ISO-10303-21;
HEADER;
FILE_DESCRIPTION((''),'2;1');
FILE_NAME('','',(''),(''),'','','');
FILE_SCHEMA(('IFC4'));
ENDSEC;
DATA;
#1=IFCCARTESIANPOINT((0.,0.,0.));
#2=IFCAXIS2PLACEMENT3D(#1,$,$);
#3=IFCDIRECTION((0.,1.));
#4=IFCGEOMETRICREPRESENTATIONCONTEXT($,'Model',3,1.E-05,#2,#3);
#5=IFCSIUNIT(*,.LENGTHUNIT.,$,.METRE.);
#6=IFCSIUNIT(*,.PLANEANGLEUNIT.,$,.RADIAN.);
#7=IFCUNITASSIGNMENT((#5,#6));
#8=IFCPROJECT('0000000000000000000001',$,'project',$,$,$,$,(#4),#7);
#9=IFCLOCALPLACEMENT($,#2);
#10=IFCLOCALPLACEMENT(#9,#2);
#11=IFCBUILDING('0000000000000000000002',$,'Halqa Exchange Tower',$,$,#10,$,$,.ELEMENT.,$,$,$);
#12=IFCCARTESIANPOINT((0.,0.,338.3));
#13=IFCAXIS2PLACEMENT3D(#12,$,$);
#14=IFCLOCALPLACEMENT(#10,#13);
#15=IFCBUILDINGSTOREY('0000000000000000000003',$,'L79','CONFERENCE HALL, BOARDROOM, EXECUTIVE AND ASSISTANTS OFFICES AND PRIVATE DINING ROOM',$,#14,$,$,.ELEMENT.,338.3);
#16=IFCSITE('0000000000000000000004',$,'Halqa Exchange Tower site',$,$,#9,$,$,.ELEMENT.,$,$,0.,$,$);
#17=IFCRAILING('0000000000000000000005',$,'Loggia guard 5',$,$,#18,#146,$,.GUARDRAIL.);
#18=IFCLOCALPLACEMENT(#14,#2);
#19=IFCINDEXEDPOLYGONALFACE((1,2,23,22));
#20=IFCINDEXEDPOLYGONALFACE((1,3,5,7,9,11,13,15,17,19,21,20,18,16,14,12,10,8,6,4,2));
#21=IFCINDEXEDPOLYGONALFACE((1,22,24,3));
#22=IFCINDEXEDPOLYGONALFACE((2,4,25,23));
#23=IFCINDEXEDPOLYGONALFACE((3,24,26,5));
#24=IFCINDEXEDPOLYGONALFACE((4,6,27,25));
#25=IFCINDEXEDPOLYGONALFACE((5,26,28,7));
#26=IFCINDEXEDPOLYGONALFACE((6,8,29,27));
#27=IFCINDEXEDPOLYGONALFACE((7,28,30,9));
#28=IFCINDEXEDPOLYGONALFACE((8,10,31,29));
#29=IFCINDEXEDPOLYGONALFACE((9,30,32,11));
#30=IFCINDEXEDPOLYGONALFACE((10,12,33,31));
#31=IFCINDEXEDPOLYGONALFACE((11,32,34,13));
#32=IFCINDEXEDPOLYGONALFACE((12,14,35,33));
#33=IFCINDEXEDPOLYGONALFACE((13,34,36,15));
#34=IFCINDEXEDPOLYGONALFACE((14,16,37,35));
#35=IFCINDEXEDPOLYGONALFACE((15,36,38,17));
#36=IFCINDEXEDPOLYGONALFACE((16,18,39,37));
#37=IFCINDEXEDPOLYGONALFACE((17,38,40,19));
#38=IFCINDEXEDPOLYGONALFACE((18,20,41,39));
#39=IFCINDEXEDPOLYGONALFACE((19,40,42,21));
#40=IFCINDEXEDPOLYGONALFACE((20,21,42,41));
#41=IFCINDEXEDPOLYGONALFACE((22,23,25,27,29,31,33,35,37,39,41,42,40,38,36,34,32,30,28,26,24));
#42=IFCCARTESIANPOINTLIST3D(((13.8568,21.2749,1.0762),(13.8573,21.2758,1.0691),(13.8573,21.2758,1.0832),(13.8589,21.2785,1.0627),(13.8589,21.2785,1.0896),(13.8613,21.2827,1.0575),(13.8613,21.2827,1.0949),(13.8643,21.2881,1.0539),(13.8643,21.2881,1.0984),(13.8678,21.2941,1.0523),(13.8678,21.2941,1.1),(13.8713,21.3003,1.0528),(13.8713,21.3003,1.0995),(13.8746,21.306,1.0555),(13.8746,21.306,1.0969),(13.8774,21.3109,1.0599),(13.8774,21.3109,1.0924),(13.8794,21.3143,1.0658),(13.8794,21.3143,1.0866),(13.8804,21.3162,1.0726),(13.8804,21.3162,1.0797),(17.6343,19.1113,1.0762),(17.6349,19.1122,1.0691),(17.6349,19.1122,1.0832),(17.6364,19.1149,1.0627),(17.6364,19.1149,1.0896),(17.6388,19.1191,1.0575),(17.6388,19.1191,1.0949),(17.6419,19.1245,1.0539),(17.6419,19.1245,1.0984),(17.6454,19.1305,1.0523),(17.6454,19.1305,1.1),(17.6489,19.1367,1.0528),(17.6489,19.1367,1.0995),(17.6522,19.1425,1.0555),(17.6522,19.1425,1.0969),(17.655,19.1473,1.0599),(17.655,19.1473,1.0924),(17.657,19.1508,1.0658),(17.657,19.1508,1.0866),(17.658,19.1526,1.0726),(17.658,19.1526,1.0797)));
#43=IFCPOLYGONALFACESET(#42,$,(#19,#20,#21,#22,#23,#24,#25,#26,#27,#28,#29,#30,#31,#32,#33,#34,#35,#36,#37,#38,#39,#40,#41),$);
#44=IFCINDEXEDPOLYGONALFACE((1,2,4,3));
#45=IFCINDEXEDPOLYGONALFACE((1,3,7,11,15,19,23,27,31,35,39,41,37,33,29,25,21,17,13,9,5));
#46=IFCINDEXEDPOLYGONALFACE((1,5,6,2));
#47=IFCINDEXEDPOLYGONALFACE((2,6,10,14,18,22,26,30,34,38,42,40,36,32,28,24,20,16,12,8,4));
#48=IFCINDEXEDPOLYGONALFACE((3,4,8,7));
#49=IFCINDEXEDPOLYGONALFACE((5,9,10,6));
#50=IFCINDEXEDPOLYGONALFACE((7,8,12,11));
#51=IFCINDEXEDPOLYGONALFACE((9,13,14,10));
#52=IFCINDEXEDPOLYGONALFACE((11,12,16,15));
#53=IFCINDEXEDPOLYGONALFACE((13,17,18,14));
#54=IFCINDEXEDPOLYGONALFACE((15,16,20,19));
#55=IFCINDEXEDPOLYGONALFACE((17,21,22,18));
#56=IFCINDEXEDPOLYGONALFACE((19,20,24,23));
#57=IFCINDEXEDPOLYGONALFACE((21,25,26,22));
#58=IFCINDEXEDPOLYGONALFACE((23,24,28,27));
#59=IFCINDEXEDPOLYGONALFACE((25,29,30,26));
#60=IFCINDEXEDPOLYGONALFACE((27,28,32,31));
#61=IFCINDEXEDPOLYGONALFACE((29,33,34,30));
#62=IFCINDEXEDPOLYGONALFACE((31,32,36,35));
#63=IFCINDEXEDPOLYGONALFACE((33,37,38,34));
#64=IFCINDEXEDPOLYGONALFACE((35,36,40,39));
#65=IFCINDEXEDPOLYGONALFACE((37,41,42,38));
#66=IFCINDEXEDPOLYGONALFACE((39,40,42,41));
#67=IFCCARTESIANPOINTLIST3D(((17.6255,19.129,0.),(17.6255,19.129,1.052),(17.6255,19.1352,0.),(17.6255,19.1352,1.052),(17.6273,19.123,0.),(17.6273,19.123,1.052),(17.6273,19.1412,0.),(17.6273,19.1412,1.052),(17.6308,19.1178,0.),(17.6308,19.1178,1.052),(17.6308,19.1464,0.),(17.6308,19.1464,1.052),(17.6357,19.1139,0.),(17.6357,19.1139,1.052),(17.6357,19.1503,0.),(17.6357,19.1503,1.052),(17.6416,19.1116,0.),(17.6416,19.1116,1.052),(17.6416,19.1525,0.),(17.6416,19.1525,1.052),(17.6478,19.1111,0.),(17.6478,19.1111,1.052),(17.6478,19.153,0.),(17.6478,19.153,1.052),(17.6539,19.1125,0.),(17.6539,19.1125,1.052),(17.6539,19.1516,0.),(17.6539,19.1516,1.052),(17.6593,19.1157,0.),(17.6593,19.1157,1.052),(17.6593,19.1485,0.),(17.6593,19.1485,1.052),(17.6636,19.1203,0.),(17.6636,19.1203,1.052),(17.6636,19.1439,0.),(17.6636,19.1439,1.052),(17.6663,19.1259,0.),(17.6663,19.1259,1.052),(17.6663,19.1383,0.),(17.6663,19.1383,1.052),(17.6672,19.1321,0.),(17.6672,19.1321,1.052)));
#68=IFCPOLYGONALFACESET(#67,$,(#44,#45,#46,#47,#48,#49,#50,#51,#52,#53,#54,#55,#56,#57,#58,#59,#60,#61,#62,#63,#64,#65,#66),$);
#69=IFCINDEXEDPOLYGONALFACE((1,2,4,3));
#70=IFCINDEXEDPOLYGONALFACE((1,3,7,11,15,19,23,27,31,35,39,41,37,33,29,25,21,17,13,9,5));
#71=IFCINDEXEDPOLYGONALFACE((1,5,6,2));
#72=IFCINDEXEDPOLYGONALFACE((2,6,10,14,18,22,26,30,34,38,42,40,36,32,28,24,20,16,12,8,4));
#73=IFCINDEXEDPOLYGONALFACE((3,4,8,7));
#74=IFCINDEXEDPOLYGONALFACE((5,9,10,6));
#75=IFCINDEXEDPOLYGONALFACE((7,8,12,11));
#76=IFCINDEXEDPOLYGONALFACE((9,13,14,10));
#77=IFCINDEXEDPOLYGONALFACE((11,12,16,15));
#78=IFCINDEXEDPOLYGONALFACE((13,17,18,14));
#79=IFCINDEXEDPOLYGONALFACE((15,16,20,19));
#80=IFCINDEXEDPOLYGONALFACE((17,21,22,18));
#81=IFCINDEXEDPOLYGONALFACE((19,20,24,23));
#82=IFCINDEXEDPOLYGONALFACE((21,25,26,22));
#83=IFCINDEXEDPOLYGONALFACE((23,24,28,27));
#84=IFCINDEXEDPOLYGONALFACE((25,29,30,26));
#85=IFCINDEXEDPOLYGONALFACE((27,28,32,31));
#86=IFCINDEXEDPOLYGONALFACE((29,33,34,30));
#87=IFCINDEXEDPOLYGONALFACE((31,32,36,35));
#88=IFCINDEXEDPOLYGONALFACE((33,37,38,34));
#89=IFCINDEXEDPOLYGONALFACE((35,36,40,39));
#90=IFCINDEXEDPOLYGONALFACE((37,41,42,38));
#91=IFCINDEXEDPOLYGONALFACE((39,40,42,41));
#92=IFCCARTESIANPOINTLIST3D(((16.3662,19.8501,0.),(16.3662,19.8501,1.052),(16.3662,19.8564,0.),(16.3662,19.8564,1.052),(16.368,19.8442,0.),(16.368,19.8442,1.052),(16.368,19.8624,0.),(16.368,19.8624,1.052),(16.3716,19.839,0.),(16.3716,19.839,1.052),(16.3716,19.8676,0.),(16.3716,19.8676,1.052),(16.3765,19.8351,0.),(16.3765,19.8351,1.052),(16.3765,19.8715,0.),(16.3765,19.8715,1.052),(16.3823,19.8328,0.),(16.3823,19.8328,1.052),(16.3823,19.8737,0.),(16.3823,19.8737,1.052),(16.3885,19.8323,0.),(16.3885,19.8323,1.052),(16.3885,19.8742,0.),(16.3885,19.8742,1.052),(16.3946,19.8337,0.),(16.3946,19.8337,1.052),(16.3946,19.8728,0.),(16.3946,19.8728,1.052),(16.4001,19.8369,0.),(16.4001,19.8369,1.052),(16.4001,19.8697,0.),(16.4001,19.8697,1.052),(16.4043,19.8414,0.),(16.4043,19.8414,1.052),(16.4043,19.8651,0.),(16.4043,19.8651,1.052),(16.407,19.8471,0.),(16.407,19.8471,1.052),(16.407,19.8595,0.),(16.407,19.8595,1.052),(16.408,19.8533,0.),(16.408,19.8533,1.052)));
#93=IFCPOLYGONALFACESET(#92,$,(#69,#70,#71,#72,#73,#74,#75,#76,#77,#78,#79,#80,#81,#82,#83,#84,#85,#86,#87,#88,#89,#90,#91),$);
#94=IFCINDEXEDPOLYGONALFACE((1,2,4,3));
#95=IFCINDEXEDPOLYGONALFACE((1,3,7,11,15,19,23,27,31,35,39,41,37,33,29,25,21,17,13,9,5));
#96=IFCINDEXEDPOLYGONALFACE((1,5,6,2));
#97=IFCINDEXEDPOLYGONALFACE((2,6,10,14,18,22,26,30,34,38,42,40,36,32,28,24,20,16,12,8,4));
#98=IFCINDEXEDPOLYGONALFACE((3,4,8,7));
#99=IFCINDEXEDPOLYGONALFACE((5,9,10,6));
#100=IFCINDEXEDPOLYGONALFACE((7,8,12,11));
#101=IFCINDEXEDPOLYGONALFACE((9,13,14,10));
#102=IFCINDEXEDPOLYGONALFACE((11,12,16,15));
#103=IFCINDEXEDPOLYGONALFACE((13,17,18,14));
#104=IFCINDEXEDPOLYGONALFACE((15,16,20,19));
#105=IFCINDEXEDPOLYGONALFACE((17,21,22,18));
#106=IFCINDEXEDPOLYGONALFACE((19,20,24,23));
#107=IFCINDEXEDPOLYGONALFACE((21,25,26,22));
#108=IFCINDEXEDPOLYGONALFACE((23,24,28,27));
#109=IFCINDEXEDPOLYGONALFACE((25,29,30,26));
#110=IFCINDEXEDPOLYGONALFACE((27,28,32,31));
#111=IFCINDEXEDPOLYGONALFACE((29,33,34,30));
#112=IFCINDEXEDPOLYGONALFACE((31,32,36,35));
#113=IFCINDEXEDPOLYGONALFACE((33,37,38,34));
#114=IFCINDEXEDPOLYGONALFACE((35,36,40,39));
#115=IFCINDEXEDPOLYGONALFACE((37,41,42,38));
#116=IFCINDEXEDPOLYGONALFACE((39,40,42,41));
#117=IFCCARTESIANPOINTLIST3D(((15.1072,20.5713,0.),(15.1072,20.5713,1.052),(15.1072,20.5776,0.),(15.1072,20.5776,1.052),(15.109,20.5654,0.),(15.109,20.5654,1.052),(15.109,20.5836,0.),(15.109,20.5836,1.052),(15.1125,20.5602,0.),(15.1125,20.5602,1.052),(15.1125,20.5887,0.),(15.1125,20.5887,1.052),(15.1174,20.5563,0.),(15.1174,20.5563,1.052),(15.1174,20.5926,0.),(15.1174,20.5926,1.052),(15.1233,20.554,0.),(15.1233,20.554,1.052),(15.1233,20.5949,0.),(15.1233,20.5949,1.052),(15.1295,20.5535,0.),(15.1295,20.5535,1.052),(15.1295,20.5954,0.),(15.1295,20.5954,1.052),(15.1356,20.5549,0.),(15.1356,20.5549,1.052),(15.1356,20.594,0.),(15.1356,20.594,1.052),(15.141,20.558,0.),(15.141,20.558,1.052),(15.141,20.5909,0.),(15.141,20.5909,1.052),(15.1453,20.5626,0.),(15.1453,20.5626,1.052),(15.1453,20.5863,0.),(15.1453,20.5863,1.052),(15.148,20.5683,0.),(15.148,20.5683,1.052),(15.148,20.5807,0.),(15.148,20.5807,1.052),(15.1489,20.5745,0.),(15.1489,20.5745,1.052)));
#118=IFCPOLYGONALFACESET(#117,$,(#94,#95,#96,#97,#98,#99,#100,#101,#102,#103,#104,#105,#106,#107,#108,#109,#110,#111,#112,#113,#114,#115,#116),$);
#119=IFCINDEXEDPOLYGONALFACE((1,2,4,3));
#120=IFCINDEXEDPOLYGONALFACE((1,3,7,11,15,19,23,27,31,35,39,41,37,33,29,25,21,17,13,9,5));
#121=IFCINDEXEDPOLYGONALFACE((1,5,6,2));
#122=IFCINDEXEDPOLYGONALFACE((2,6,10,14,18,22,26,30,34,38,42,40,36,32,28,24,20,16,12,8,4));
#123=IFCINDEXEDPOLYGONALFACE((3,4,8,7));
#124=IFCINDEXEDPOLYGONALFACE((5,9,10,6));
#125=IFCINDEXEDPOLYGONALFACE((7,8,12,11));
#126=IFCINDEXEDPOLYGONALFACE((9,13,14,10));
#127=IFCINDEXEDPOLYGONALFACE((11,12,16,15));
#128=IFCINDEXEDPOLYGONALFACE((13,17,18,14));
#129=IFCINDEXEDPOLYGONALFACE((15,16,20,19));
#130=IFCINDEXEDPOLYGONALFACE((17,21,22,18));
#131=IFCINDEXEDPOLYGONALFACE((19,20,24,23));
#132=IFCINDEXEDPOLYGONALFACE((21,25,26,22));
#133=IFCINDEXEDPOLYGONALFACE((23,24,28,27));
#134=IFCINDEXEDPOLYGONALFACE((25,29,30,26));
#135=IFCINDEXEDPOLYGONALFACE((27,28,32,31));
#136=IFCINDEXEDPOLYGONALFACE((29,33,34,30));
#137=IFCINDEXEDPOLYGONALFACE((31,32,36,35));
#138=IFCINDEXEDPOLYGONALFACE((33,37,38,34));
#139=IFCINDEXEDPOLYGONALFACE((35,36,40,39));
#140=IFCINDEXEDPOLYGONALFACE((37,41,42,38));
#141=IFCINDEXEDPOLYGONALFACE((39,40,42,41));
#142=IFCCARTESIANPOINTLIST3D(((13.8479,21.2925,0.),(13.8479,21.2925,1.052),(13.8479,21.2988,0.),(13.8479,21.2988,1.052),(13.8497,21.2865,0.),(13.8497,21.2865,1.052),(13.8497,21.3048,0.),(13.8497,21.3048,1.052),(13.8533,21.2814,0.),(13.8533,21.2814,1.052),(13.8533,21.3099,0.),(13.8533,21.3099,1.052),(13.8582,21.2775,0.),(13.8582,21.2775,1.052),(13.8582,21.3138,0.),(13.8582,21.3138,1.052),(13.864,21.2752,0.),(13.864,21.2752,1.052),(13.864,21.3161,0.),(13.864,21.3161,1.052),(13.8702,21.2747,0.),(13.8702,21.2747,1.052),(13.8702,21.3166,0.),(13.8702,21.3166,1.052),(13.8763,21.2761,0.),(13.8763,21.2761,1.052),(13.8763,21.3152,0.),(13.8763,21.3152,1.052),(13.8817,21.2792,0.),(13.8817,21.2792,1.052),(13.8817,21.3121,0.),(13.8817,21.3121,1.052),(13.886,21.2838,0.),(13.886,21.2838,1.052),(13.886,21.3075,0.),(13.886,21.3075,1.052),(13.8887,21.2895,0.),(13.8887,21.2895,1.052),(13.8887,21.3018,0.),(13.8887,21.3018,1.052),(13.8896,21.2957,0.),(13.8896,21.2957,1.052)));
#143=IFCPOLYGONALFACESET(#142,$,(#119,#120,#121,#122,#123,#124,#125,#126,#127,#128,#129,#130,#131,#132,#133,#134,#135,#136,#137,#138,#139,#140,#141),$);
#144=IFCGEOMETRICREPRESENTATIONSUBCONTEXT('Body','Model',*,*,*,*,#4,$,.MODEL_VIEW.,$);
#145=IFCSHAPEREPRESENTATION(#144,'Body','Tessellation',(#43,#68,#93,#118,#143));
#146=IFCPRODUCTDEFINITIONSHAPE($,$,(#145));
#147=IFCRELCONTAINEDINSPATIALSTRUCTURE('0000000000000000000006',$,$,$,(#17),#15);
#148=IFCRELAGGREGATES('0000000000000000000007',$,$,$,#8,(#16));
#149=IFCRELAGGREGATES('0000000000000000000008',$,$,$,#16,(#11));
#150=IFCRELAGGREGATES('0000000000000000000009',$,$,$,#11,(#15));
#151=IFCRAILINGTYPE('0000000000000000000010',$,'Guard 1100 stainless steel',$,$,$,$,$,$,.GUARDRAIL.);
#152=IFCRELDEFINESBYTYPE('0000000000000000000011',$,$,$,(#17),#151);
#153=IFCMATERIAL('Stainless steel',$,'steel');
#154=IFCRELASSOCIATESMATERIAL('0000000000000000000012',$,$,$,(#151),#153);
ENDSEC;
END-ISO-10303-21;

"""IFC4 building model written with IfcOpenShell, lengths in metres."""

from ifc_helpers import new_model, si_unit, direction, frame, origin, origin_2d, place, context, subcontext, project, spatial, circle, extrude, material, type_object, element, save


model = new_model("IFC4")

# Units and contexts
model_context = context("Model", 3, precision=1e-05, world=origin(), true_north=direction((0.0, 1.0)))
body_context = subcontext(model_context, "Body", "Model", "MODEL_VIEW")
ifc_project = project(units=[si_unit("LENGTHUNIT", "METRE"), si_unit("PLANEANGLEUNIT", "RADIAN")], contexts=[model_context])

# Site, building, storey
site_placement = place(None, origin())
site = spatial("IfcSite", under=ifc_project, at=site_placement, Name="Halqa Exchange Tower site", CompositionType="ELEMENT", RefElevation=0.0)
building_placement = place(site_placement, origin())
building = spatial("IfcBuilding", under=site, at=building_placement, Name="Halqa Exchange Tower", CompositionType="ELEMENT")
storey_placement = place(building_placement, frame((0.0, 0.0, 338.3)))
storey = spatial("IfcBuildingStorey", under=building, at=storey_placement, Name="L79", Description="CONFERENCE HALL, BOARDROOM, EXECUTIVE AND ASSISTANTS OFFICES AND PRIVATE DINING ROOM", CompositionType="ELEMENT", Elevation=338.3)

# Railing
ifc_material_1 = material(Name="Stainless steel", Category="steel")
railing_type = type_object("IfcRailingType", Name="Guard 1100 stainless steel", PredefinedType="GUARDRAIL", material=ifc_material_1)
railing_1_placement = place(storey_placement, frame((17.6462, 19.1321, 0.0)))
element("IfcRailing", 1, at=railing_1_placement, inside=storey, type_object=railing_type, Name="Loggia guard 5", PredefinedType="GUARDRAIL", context=body_context, shape_type="SweptSolid", body=[
    extrude(circle(Radius=0.0239, at=origin_2d()), frame((0.0, 0.0, 1.0762), z_axis=(-0.867753, 0.496996, 0.0), x_axis=(-0.496996, -0.867753, 0.0)), (0.0, 0.0, 1.0), 4.3533),
    extrude(circle(Radius=0.021, at=origin_2d()), origin(), (0.0, 0.0, 1.0), 1.052),
    extrude(circle(Radius=0.021, at=origin_2d()), frame((-1.2593, 0.7212, 0.0)), (0.0, 0.0, 1.0), 1.052),
    extrude(circle(Radius=0.021, at=origin_2d()), frame((-2.5183, 1.4424, 0.0)), (0.0, 0.0, 1.0), 1.052),
    extrude(circle(Radius=0.021, at=origin_2d()), frame((-3.7776, 2.1636, 0.0)), (0.0, 0.0, 1.0), 1.052),
])

save(model, "model.ifc")
